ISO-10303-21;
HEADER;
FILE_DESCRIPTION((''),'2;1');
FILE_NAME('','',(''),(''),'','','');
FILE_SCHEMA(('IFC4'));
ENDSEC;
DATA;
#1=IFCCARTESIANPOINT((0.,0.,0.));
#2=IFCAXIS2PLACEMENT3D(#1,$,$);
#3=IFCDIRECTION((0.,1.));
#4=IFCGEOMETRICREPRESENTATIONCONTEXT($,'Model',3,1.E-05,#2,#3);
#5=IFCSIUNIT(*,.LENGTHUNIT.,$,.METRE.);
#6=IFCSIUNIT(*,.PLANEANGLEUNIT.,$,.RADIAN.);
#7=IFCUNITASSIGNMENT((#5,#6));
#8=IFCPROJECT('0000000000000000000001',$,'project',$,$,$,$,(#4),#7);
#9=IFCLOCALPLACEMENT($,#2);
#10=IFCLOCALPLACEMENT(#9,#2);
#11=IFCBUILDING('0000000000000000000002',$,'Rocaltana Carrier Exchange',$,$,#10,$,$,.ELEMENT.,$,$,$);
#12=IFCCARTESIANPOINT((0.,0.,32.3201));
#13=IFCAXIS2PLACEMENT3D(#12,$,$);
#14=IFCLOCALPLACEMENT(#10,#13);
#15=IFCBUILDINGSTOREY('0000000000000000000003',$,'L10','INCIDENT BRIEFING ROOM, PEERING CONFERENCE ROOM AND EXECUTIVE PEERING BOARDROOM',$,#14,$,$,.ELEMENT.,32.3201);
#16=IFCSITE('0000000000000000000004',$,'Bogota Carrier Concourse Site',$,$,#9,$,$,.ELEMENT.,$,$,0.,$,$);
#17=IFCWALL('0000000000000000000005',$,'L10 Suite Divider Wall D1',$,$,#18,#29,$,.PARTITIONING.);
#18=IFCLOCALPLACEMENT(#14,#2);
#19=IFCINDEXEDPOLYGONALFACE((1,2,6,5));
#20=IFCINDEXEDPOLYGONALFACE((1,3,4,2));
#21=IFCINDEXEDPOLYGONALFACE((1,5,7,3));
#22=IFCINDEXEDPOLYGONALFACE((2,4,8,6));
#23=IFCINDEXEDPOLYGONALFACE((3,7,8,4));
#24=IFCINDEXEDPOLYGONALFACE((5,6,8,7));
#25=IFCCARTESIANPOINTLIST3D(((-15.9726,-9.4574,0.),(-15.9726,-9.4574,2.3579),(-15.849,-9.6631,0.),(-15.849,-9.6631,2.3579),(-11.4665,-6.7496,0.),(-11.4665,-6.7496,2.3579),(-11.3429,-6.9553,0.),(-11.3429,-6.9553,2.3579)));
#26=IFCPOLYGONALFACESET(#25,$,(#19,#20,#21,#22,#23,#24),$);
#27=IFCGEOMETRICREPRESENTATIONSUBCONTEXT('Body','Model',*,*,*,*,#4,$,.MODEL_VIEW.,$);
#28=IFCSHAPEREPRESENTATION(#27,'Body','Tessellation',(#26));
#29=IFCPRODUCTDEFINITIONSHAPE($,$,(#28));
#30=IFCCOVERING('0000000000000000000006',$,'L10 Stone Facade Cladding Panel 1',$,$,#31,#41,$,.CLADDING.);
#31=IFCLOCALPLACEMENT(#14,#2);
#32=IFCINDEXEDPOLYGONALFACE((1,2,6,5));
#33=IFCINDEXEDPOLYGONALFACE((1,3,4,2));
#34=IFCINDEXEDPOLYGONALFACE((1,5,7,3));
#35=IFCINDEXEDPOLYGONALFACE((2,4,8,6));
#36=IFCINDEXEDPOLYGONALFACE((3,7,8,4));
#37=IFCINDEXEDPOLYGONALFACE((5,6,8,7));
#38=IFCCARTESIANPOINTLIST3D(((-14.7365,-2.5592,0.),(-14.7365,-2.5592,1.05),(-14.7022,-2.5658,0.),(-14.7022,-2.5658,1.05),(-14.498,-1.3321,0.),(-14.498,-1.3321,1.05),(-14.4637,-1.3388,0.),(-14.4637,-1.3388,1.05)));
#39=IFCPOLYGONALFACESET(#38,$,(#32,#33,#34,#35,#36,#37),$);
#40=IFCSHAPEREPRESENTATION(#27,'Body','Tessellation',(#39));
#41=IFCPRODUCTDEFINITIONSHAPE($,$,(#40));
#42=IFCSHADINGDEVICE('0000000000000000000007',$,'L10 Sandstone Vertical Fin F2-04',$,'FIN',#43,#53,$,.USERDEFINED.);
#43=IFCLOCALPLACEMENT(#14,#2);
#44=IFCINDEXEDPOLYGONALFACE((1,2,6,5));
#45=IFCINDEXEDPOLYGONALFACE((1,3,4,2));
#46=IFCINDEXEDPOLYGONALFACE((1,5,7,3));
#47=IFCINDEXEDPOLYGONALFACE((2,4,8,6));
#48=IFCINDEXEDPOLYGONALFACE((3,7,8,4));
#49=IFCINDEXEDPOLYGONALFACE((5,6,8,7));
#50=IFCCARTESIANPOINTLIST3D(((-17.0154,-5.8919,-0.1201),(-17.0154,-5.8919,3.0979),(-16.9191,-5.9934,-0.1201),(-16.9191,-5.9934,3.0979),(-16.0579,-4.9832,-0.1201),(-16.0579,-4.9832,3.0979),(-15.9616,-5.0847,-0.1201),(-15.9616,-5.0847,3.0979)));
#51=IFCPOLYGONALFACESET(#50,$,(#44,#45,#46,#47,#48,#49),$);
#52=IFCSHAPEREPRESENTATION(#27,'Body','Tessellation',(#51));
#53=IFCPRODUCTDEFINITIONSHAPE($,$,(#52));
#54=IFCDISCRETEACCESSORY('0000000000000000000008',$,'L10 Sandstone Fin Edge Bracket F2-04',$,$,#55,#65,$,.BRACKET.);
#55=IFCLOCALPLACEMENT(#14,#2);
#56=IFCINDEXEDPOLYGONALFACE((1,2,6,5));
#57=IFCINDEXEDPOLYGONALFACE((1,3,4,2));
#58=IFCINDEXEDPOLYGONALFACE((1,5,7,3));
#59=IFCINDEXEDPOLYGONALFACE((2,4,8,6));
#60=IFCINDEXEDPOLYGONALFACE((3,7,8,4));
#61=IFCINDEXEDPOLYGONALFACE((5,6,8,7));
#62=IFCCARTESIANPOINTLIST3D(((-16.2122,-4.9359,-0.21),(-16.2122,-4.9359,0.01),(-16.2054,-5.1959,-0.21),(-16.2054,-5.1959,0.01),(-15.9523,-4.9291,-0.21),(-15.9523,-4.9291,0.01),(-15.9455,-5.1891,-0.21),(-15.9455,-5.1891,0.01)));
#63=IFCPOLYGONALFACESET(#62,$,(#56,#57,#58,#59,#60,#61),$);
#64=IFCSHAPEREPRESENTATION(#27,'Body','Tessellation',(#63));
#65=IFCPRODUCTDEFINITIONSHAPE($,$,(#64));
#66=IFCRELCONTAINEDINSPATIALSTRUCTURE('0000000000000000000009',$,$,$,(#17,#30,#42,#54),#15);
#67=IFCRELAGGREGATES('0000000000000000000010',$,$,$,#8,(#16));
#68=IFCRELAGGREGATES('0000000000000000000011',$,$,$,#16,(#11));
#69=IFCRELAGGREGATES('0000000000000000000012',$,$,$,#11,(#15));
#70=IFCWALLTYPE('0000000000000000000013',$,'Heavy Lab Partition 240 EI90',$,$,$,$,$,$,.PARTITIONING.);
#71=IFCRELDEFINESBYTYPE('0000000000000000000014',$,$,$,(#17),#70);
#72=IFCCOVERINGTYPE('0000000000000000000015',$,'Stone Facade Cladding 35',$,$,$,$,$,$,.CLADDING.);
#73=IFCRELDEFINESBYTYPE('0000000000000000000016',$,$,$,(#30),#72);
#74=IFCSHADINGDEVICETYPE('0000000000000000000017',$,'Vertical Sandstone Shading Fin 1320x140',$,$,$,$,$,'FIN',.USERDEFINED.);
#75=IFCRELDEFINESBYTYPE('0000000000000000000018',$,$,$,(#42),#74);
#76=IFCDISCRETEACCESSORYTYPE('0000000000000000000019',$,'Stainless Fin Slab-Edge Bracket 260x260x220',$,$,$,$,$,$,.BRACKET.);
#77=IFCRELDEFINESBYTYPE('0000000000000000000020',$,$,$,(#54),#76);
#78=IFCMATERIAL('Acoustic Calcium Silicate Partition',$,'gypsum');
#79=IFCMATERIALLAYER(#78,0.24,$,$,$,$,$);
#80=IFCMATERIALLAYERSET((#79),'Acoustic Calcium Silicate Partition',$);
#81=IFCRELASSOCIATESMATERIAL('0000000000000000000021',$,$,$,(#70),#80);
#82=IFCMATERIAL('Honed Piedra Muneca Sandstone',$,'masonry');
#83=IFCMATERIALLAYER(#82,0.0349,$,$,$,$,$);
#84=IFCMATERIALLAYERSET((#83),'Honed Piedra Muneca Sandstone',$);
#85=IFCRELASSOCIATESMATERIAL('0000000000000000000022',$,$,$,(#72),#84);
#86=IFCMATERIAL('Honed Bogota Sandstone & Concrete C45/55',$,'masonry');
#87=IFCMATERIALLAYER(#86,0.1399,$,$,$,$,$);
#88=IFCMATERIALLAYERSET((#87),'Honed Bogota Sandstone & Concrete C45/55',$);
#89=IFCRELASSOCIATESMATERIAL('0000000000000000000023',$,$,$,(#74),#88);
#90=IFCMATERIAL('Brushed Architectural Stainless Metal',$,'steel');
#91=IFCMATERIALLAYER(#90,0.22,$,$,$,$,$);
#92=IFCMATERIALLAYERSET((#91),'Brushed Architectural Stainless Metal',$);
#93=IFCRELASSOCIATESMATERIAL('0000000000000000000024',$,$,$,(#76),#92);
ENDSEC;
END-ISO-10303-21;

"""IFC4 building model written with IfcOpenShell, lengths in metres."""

from ifc_helpers import new_model, si_unit, direction, frame, frame_2d, origin, origin_2d, place, context, subcontext, project, spatial, rectangle, extrude, material, layer, layer_set, type_object, element, save


model = new_model("IFC4")

# Units and contexts
model_context = context("Model", 3, precision=1e-05, world=origin(), true_north=direction((0.0, 1.0)))
body_context = subcontext(model_context, "Body", "Model", "MODEL_VIEW")
ifc_project = project(units=[si_unit("LENGTHUNIT", "METRE"), si_unit("PLANEANGLEUNIT", "RADIAN")], contexts=[model_context])

# Site, building, storey
site_placement = place(None, origin())
site = spatial("IfcSite", under=ifc_project, at=site_placement, Name="Bogota Carrier Concourse Site", CompositionType="ELEMENT", RefElevation=0.0)
building_placement = place(site_placement, origin())
building = spatial("IfcBuilding", under=site, at=building_placement, Name="Rocaltana Carrier Exchange", CompositionType="ELEMENT")
storey_placement = place(building_placement, frame((0.0, 0.0, 32.3201)))
storey = spatial("IfcBuildingStorey", under=building, at=storey_placement, Name="L10", Description="INCIDENT BRIEFING ROOM, PEERING CONFERENCE ROOM AND EXECUTIVE PEERING BOARDROOM", CompositionType="ELEMENT", Elevation=32.3201)

# Wall
ifc_material_1 = material(Name="Acoustic Calcium Silicate Partition", Category="gypsum")
ifc_layer_1 = layer(ifc_material_1, 0.24)
ifc_layer_set_1 = layer_set([ifc_layer_1], Name="Acoustic Calcium Silicate Partition")
wall_type_1 = type_object("IfcWallType", Name="Heavy Lab Partition 240 EI90", PredefinedType="PARTITIONING", material=ifc_layer_set_1)
wall_1_placement = place(storey_placement, frame((-11.4048, -6.8525, 0.0), z_axis=(0.0, 0.0, 1.0), x_axis=(-0.857149, -0.515069, 0.0)))
element("IfcWall", 1, at=wall_1_placement, inside=storey, type_object=wall_type_1, Name="L10 Suite Divider Wall D1", PredefinedType="PARTITIONING", context=body_context, shape_type="SweptSolid", body=[
    extrude(rectangle(XDim=5.2571, YDim=0.24, at=frame_2d((2.6284, 0.0))), origin(), (0.0, 0.0, 1.0), 2.3579),
])

# Covering
ifc_material_2 = material(Name="Honed Piedra Muneca Sandstone", Category="masonry")
ifc_layer_2 = layer(ifc_material_2, 0.0349)
ifc_layer_set_2 = layer_set([ifc_layer_2], Name="Honed Piedra Muneca Sandstone")
covering_type = type_object("IfcCoveringType", Name="Stone Facade Cladding 35", PredefinedType="CLADDING", material=ifc_layer_set_2)
covering_placement = place(storey_placement, frame((-14.6001, -1.949, 0.0), z_axis=(0.0, 0.0, 1.0), x_axis=(0.190809, 0.981627, 0.0)))
element("IfcCovering", 2, at=covering_placement, inside=storey, type_object=covering_type, Name="L10 Stone Facade Cladding Panel 1", PredefinedType="CLADDING", context=body_context, shape_type="SweptSolid", body=[
    extrude(rectangle(XDim=1.25, YDim=0.0349, at=origin_2d()), origin(), (0.0, 0.0, 1.0), 1.05),
])

# Shading device
ifc_material_3 = material(Name="Honed Bogota Sandstone & Concrete C45/55", Category="masonry")
ifc_layer_3 = layer(ifc_material_3, 0.1399)
ifc_layer_set_3 = layer_set([ifc_layer_3], Name="Honed Bogota Sandstone & Concrete C45/55")
shading_device_type = type_object("IfcShadingDeviceType", Name="Vertical Sandstone Shading Fin 1320x140", ElementType="FIN", PredefinedType="USERDEFINED", material=ifc_layer_set_3)
shading_device_placement = place(storey_placement, frame((-16.4885, -5.4883, -0.1201), z_axis=(0.0, 0.0, 1.0), x_axis=(-0.725374, -0.688355, 0.0)))
element("IfcShadingDevice", 3, at=shading_device_placement, inside=storey, type_object=shading_device_type, Name="L10 Sandstone Vertical Fin F2-04", ObjectType="FIN", PredefinedType="USERDEFINED", context=body_context, shape_type="SweptSolid", body=[
    extrude(rectangle(XDim=1.3201, YDim=0.1399, at=origin_2d()), origin(), (0.0, 0.0, 1.0), 3.218),
])

# Discrete accessory
ifc_material_4 = material(Name="Brushed Architectural Stainless Metal", Category="steel")
ifc_layer_4 = layer(ifc_material_4, 0.22)
ifc_layer_set_4 = layer_set([ifc_layer_4], Name="Brushed Architectural Stainless Metal")
discrete_accessory_type = type_object("IfcDiscreteAccessoryType", Name="Stainless Fin Slab-Edge Bracket 260x260x220", PredefinedType="BRACKET", material=ifc_layer_set_4)
discrete_accessory_placement = place(storey_placement, frame((-16.0789, -5.0625, -0.21), z_axis=(0.0, 0.0, 1.0), x_axis=(0.026177, -0.999657, 0.0)))
element("IfcDiscreteAccessory", 4, at=discrete_accessory_placement, inside=storey, type_object=discrete_accessory_type, Name="L10 Sandstone Fin Edge Bracket F2-04", PredefinedType="BRACKET", context=body_context, shape_type="SweptSolid", body=[
    extrude(rectangle(XDim=0.26, YDim=0.26, at=origin_2d()), origin(), (0.0, 0.0, 1.0), 0.22),
])

save(model, "model.ifc")
